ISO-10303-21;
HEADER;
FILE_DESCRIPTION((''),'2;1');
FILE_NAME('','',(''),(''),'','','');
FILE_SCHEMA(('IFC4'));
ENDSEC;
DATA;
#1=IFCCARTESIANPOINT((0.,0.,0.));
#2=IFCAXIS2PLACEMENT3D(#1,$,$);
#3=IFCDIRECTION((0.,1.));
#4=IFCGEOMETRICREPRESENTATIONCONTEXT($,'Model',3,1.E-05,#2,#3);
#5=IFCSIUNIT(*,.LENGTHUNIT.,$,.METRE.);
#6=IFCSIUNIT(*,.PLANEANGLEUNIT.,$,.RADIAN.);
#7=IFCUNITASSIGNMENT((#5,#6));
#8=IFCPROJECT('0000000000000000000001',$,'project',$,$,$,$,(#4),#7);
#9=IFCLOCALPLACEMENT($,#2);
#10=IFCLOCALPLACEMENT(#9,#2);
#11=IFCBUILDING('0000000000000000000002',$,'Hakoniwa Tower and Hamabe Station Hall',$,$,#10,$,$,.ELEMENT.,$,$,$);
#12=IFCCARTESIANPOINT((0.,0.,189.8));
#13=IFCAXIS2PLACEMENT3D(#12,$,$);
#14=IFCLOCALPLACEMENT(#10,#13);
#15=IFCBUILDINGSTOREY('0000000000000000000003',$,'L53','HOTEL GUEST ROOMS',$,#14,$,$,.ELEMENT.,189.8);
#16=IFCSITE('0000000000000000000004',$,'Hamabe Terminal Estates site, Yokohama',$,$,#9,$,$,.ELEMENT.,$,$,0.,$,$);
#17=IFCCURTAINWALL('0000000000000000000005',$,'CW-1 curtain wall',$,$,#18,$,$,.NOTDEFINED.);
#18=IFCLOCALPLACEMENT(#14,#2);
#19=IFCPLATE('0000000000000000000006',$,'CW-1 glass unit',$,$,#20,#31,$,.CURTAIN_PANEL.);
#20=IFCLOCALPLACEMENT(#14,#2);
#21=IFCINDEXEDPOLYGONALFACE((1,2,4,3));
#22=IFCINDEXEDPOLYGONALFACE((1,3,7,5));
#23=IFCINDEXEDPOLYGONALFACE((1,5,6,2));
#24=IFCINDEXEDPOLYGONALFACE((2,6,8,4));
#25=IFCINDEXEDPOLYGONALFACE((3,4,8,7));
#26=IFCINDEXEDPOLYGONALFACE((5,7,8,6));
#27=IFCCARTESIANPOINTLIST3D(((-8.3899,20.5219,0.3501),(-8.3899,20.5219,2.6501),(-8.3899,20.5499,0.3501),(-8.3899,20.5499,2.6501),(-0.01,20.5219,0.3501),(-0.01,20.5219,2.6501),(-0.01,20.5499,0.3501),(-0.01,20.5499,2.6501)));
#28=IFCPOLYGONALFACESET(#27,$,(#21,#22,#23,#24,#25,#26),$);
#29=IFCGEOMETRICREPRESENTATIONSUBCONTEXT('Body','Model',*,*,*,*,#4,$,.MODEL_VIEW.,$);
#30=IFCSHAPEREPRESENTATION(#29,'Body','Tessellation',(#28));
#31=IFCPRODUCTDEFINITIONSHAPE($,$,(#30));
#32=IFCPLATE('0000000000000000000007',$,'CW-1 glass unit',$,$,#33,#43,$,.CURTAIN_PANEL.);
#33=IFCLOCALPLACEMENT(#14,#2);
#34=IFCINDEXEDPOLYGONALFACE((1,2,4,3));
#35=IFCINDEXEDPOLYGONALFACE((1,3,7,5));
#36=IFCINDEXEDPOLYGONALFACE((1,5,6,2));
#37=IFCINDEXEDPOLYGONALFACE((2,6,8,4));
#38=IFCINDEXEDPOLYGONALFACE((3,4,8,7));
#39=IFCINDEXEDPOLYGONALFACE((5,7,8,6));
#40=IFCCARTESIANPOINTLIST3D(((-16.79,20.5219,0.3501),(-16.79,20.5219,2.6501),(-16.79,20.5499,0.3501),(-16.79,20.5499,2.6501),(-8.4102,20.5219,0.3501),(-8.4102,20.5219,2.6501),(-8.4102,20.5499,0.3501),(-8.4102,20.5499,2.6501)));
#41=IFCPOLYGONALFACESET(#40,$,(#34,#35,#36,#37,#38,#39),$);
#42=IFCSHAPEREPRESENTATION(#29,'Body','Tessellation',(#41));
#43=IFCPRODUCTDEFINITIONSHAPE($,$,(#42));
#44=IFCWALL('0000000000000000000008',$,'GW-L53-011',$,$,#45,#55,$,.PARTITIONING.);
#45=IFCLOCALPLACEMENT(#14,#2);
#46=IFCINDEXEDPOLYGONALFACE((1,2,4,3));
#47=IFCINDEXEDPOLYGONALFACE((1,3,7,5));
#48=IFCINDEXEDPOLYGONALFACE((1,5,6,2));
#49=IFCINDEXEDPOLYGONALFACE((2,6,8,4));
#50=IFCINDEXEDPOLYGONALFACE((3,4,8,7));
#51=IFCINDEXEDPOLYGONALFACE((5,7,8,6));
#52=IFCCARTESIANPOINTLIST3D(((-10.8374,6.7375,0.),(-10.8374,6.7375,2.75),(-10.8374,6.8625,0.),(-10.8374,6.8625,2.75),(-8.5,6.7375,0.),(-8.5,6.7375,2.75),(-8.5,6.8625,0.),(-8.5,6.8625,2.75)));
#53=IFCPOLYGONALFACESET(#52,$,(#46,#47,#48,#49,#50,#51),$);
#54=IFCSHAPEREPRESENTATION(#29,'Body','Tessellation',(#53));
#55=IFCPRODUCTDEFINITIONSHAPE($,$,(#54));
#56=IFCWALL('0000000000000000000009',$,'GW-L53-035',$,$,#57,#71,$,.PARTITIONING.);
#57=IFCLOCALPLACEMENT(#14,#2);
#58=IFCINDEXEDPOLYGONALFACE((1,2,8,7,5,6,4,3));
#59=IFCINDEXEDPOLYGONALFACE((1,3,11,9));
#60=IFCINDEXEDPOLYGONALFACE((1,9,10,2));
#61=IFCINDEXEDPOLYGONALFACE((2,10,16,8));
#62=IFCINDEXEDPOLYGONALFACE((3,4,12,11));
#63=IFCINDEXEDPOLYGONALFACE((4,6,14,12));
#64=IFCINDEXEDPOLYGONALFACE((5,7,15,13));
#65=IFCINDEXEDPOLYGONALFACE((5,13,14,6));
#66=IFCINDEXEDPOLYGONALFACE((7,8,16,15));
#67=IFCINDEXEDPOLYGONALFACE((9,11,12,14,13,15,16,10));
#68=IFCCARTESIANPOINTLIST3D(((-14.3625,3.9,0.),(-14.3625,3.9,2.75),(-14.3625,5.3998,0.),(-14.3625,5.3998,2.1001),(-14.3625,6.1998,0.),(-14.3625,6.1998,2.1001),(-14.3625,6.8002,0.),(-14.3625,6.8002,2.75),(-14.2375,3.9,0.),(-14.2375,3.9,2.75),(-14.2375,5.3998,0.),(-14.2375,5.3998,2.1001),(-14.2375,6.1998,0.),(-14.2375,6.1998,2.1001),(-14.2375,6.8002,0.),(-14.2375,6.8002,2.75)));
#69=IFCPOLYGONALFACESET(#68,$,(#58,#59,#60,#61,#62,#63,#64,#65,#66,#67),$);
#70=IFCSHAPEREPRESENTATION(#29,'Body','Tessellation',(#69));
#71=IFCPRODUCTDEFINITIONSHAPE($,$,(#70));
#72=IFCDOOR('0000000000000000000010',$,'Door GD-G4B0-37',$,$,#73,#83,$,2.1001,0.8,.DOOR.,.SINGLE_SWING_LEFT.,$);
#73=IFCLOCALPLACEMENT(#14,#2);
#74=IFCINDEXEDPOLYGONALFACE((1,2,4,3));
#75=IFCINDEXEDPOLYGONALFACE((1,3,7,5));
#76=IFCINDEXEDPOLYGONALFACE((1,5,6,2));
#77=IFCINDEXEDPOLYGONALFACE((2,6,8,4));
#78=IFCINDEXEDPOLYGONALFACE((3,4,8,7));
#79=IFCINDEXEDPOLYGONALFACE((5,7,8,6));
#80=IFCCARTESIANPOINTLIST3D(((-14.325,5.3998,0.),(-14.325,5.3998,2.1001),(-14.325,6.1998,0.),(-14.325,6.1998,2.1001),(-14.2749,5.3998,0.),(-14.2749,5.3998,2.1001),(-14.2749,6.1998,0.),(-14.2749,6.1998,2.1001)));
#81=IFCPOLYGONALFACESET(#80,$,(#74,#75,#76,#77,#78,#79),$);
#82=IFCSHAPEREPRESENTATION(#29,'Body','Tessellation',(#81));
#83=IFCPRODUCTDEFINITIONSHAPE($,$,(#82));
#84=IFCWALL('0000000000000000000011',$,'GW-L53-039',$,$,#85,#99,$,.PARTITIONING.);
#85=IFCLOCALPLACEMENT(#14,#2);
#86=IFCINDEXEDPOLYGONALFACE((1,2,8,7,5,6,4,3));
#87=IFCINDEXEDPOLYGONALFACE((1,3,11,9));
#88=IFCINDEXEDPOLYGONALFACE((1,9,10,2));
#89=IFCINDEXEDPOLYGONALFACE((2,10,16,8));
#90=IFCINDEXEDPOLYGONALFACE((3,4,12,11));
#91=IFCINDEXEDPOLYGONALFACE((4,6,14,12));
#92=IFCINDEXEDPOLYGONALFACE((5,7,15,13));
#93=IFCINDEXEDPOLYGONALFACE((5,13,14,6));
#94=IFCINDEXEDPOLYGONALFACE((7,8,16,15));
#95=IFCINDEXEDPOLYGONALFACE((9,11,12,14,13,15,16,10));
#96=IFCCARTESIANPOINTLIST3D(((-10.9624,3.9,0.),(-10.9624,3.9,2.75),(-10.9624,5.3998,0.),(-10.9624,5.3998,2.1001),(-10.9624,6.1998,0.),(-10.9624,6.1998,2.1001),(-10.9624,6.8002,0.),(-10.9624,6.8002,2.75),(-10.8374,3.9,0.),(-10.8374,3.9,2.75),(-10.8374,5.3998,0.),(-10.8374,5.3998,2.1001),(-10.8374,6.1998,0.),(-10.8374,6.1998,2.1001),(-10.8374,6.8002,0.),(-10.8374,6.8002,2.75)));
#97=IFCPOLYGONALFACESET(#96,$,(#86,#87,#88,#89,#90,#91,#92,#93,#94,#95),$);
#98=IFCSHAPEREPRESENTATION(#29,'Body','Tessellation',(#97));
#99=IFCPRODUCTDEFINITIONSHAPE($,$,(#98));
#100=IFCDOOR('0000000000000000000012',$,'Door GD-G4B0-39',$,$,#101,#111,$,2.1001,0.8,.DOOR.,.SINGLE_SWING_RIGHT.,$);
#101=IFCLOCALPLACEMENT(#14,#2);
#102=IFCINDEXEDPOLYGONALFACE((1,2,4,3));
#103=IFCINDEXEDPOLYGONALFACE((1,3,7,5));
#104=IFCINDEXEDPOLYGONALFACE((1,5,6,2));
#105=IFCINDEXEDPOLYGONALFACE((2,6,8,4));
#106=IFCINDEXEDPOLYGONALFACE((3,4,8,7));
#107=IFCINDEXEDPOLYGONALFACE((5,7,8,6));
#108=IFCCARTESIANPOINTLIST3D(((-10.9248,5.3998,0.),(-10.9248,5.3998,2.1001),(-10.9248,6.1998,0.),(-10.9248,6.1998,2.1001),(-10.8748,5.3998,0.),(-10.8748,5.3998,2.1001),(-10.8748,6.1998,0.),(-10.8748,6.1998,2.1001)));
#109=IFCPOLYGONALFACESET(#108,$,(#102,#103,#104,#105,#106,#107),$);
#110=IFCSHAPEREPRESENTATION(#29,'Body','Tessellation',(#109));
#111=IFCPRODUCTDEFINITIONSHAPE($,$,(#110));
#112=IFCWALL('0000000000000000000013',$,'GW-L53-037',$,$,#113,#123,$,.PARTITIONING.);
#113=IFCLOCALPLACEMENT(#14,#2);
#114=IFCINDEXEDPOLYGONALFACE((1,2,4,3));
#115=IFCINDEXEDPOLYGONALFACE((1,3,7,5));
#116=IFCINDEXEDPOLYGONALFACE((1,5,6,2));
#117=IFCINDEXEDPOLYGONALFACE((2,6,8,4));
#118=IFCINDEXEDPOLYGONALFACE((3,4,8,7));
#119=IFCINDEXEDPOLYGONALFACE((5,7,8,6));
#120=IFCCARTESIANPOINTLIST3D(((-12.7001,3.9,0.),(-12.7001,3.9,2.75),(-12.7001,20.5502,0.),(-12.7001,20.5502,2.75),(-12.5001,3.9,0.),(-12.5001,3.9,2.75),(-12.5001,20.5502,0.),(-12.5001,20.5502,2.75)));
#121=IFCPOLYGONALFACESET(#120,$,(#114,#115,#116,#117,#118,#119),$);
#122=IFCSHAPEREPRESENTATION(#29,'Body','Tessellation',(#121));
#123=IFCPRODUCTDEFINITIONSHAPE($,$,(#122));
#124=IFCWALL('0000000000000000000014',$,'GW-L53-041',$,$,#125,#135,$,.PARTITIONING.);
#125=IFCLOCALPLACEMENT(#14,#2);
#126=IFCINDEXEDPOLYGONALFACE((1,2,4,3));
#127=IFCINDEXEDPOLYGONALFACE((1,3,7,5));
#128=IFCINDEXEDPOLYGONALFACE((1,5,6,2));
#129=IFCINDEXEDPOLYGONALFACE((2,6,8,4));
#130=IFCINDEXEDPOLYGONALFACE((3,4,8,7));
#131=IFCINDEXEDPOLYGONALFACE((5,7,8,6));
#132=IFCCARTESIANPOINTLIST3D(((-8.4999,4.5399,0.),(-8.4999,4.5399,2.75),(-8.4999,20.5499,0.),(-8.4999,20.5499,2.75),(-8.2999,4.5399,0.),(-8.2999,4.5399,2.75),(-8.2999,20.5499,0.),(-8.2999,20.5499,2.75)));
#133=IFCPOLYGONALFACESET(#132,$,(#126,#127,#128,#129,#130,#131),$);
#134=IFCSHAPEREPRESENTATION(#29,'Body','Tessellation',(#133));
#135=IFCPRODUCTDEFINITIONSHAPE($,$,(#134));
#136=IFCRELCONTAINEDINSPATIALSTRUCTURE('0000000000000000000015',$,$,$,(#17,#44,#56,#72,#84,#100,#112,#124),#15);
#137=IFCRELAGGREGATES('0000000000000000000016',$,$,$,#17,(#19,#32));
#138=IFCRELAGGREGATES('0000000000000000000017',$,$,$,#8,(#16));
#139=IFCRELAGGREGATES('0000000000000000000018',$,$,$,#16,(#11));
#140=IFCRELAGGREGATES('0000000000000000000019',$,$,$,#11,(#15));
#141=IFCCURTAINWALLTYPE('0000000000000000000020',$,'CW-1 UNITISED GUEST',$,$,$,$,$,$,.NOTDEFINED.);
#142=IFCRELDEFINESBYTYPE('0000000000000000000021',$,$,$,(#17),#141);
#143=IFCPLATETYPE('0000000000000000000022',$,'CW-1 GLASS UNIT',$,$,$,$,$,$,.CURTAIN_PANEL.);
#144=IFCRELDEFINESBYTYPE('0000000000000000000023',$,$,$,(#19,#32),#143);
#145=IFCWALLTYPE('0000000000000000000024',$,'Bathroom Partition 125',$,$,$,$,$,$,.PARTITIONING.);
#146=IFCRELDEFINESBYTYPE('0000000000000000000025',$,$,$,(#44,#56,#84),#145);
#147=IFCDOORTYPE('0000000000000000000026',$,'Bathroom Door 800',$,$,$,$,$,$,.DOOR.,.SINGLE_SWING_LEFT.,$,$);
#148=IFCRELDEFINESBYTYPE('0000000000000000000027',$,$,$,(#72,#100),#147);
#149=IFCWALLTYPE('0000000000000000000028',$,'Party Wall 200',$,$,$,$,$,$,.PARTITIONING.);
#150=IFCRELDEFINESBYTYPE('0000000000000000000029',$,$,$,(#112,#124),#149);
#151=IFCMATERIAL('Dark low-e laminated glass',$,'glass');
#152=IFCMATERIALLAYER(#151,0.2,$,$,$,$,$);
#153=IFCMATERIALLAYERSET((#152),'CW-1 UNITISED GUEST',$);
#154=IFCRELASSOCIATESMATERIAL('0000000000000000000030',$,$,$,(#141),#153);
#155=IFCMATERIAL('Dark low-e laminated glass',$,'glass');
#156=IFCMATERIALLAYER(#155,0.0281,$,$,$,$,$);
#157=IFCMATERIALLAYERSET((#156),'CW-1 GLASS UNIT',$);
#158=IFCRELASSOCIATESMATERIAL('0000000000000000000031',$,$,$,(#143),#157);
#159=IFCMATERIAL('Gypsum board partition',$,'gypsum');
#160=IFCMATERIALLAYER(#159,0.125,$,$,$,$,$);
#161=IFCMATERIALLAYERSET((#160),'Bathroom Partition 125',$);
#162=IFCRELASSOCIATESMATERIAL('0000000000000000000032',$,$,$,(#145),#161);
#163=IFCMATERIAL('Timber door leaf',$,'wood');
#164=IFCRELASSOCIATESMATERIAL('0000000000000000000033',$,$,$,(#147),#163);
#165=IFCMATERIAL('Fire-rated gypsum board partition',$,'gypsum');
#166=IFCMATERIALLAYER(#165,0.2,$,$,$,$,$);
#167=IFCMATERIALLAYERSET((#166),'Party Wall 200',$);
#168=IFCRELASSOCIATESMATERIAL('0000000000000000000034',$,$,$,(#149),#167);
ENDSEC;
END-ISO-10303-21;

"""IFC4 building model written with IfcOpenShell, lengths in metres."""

from ifc_helpers import new_model, si_unit, direction, frame, frame_2d, origin, origin_2d, place, context, subcontext, project, spatial, rectangle, extrude, material, layer, layer_set, type_object, element, fill, aggregate, save


model = new_model("IFC4")

# Units and contexts
model_context = context("Model", 3, precision=1e-05, world=origin(), true_north=direction((0.0, 1.0)))
body_context = subcontext(model_context, "Body", "Model", "MODEL_VIEW")
ifc_project = project(units=[si_unit("LENGTHUNIT", "METRE"), si_unit("PLANEANGLEUNIT", "RADIAN")], contexts=[model_context])

# Site, building, storey
site_placement = place(None, origin())
site = spatial("IfcSite", under=ifc_project, at=site_placement, Name="Hamabe Terminal Estates site, Yokohama", CompositionType="ELEMENT", RefElevation=0.0)
building_placement = place(site_placement, origin())
building = spatial("IfcBuilding", under=site, at=building_placement, Name="Hakoniwa Tower and Hamabe Station Hall", CompositionType="ELEMENT")
storey_placement = place(building_placement, frame((0.0, 0.0, 189.8)))
storey = spatial("IfcBuildingStorey", under=building, at=storey_placement, Name="L53", Description="HOTEL GUEST ROOMS", CompositionType="ELEMENT", Elevation=189.8)

# Curtain wall, plates
ifc_material_1 = material(Name="Dark low-e laminated glass", Category="glass")
ifc_layer_1 = layer(ifc_material_1, 0.2)
ifc_layer_set_1 = layer_set([ifc_layer_1], Name="CW-1 UNITISED GUEST")
curtain_wall_type = type_object("IfcCurtainWallType", Name="CW-1 UNITISED GUEST", PredefinedType="NOTDEFINED", material=ifc_layer_set_1)
curtain_wall_placement = place(storey_placement, origin())
curtain_wall = element("IfcCurtainWall", 1, at=curtain_wall_placement, inside=storey, type_object=curtain_wall_type, Name="CW-1 curtain wall", PredefinedType="NOTDEFINED")
ifc_material_2 = material(Name="Dark low-e laminated glass", Category="glass")
ifc_layer_2 = layer(ifc_material_2, 0.0281)
ifc_layer_set_2 = layer_set([ifc_layer_2], Name="CW-1 GLASS UNIT")
plate_type = type_object("IfcPlateType", Name="CW-1 GLASS UNIT", PredefinedType="CURTAIN_PANEL", material=ifc_layer_set_2)
plate_1_placement = place(storey_placement, frame((-4.2, 20.5359, 0.3501), z_axis=(0.0, 0.0, 1.0), x_axis=(-1.0, 0.0, 0.0)))
plate_1 = element("IfcPlate", 2, at=plate_1_placement, type_object=plate_type, Name="CW-1 glass unit", PredefinedType="CURTAIN_PANEL", context=body_context, shape_type="SweptSolid", body=[
    extrude(rectangle(XDim=8.3799, YDim=0.0281, at=origin_2d()), origin(), (0.0, 0.0, 1.0), 2.3),
])
plate_2_placement = place(storey_placement, frame((-12.6001, 20.5359, 0.3501), z_axis=(0.0, 0.0, 1.0), x_axis=(-1.0, 0.0, 0.0)))
plate_2 = element("IfcPlate", 3, at=plate_2_placement, type_object=plate_type, Name="CW-1 glass unit", PredefinedType="CURTAIN_PANEL", context=body_context, shape_type="SweptSolid", body=[
    extrude(rectangle(XDim=8.3799, YDim=0.0281, at=origin_2d()), origin(), (0.0, 0.0, 1.0), 2.3),
])
aggregate(curtain_wall, [plate_1, plate_2])

# Wall
ifc_material_3 = material(Name="Gypsum board partition", Category="gypsum")
ifc_layer_3 = layer(ifc_material_3, 0.125)
ifc_layer_set_3 = layer_set([ifc_layer_3], Name="Bathroom Partition 125")
wall_type_1 = type_object("IfcWallType", Name="Bathroom Partition 125", PredefinedType="PARTITIONING", material=ifc_layer_set_3)
wall_1_placement = place(storey_placement, frame((-10.8374, 6.8, 0.0), z_axis=(0.0, 0.0, 1.0), x_axis=(1.0, 0.0, 0.0)))
element("IfcWall", 4, at=wall_1_placement, inside=storey, type_object=wall_type_1, Name="GW-L53-011", PredefinedType="PARTITIONING", context=body_context, shape_type="SweptSolid", body=[
    extrude(rectangle(XDim=2.3374, YDim=0.125, at=frame_2d((1.1687, 0.0))), origin(), (0.0, 0.0, 1.0), 2.75),
])

# Walls, openings, doors
wall_2_placement = place(storey_placement, frame((-14.3, 3.8999, 0.0), z_axis=(0.0, 0.0, 1.0), x_axis=(0.0, 1.0, 0.0)))
wall_2 = element("IfcWall", 5, at=wall_2_placement, inside=storey, type_object=wall_type_1, Name="GW-L53-035", PredefinedType="PARTITIONING", context=body_context, shape_type="SweptSolid", body=[
    extrude(rectangle(XDim=2.9001, YDim=0.125, at=frame_2d((1.4502, 0.0))), origin(), (0.0, 0.0, 1.0), 2.75),
])
opening_1_placement = place(wall_2_placement, frame((1.5, 0.0, 0.0)))
opening_1 = element("IfcOpeningElement", 6, at=opening_1_placement, cuts=wall_2, PredefinedType="OPENING", context=body_context, shape_type="SweptSolid", body=[
    extrude(rectangle(XDim=0.8, YDim=2.1001, at=frame_2d((0.3999, 1.05))), frame((0.0, 0.0725, 0.0), z_axis=(0.0, -1.0, 0.0), x_axis=(1.0, 0.0, 0.0)), (0.0, 0.0, 1.0), 0.145),
])
ifc_material_4 = material(Name="Timber door leaf", Category="wood")
door_type = type_object("IfcDoorType", Name="Bathroom Door 800", OperationType="SINGLE_SWING_LEFT", PredefinedType="DOOR", material=ifc_material_4)
door_1_placement = place(opening_1_placement, origin())
door_1 = element("IfcDoor", 7, at=door_1_placement, inside=storey, type_object=door_type, Name="Door GD-G4B0-37", OperationType="SINGLE_SWING_LEFT", OverallHeight=2.1001, OverallWidth=0.8, PredefinedType="DOOR", context=body_context, shape_type="SweptSolid", body=[
    extrude(rectangle(XDim=0.8, YDim=2.1001, at=frame_2d((0.3999, 1.05))), frame((0.0, 0.0249, 0.0), z_axis=(0.0, -1.0, 0.0), x_axis=(1.0, 0.0, 0.0)), (0.0, 0.0, 1.0), 0.05),
])
fill(opening_1, door_1)
wall_3_placement = place(storey_placement, frame((-10.8999, 3.8999, 0.0), z_axis=(0.0, 0.0, 1.0), x_axis=(0.0, 1.0, 0.0)))
wall_3 = element("IfcWall", 8, at=wall_3_placement, inside=storey, type_object=wall_type_1, Name="GW-L53-039", PredefinedType="PARTITIONING", context=body_context, shape_type="SweptSolid", body=[
    extrude(rectangle(XDim=2.9001, YDim=0.125, at=frame_2d((1.4502, 0.0))), origin(), (0.0, 0.0, 1.0), 2.75),
])
opening_2_placement = place(wall_3_placement, frame((1.5, 0.0, 0.0)))
opening_2 = element("IfcOpeningElement", 9, at=opening_2_placement, cuts=wall_3, PredefinedType="OPENING", context=body_context, shape_type="SweptSolid", body=[
    extrude(rectangle(XDim=0.8, YDim=2.1001, at=frame_2d((0.3999, 1.05))), frame((0.0, 0.0725, 0.0), z_axis=(0.0, -1.0, 0.0), x_axis=(1.0, 0.0, 0.0)), (0.0, 0.0, 1.0), 0.145),
])
door_2_placement = place(opening_2_placement, origin())
door_2 = element("IfcDoor", 10, at=door_2_placement, inside=storey, type_object=door_type, Name="Door GD-G4B0-39", OperationType="SINGLE_SWING_RIGHT", OverallHeight=2.1001, OverallWidth=0.8, PredefinedType="DOOR", context=body_context, shape_type="SweptSolid", body=[
    extrude(rectangle(XDim=0.8, YDim=2.1001, at=frame_2d((0.3999, 1.05))), frame((0.0, 0.0249, 0.0), z_axis=(0.0, -1.0, 0.0), x_axis=(1.0, 0.0, 0.0)), (0.0, 0.0, 1.0), 0.05),
])
fill(opening_2, door_2)

# Walls
ifc_material_5 = material(Name="Fire-rated gypsum board partition", Category="gypsum")
ifc_layer_4 = layer(ifc_material_5, 0.2)
ifc_layer_set_4 = layer_set([ifc_layer_4], Name="Party Wall 200")
wall_type_2 = type_object("IfcWallType", Name="Party Wall 200", PredefinedType="PARTITIONING", material=ifc_layer_set_4)
wall_4_placement = place(storey_placement, frame((-12.6001, 3.8999, 0.0), z_axis=(0.0, 0.0, 1.0), x_axis=(0.0, 1.0, 0.0)))
element("IfcWall", 11, at=wall_4_placement, inside=storey, type_object=wall_type_2, Name="GW-L53-037", PredefinedType="PARTITIONING", context=body_context, shape_type="SweptSolid", body=[
    extrude(rectangle(XDim=16.6501, YDim=0.2, at=frame_2d((8.3252, 0.0))), origin(), (0.0, 0.0, 1.0), 2.75),
])
wall_5_placement = place(storey_placement, frame((-8.3999, 4.54, 0.0), z_axis=(0.0, 0.0, 1.0), x_axis=(0.0, 1.0, 0.0)))
element("IfcWall", 12, at=wall_5_placement, inside=storey, type_object=wall_type_2, Name="GW-L53-041", PredefinedType="PARTITIONING", context=body_context, shape_type="SweptSolid", body=[
    extrude(rectangle(XDim=16.01, YDim=0.2, at=frame_2d((8.0049, 0.0))), origin(), (0.0, 0.0, 1.0), 2.75),
])

save(model, "model.ifc")
